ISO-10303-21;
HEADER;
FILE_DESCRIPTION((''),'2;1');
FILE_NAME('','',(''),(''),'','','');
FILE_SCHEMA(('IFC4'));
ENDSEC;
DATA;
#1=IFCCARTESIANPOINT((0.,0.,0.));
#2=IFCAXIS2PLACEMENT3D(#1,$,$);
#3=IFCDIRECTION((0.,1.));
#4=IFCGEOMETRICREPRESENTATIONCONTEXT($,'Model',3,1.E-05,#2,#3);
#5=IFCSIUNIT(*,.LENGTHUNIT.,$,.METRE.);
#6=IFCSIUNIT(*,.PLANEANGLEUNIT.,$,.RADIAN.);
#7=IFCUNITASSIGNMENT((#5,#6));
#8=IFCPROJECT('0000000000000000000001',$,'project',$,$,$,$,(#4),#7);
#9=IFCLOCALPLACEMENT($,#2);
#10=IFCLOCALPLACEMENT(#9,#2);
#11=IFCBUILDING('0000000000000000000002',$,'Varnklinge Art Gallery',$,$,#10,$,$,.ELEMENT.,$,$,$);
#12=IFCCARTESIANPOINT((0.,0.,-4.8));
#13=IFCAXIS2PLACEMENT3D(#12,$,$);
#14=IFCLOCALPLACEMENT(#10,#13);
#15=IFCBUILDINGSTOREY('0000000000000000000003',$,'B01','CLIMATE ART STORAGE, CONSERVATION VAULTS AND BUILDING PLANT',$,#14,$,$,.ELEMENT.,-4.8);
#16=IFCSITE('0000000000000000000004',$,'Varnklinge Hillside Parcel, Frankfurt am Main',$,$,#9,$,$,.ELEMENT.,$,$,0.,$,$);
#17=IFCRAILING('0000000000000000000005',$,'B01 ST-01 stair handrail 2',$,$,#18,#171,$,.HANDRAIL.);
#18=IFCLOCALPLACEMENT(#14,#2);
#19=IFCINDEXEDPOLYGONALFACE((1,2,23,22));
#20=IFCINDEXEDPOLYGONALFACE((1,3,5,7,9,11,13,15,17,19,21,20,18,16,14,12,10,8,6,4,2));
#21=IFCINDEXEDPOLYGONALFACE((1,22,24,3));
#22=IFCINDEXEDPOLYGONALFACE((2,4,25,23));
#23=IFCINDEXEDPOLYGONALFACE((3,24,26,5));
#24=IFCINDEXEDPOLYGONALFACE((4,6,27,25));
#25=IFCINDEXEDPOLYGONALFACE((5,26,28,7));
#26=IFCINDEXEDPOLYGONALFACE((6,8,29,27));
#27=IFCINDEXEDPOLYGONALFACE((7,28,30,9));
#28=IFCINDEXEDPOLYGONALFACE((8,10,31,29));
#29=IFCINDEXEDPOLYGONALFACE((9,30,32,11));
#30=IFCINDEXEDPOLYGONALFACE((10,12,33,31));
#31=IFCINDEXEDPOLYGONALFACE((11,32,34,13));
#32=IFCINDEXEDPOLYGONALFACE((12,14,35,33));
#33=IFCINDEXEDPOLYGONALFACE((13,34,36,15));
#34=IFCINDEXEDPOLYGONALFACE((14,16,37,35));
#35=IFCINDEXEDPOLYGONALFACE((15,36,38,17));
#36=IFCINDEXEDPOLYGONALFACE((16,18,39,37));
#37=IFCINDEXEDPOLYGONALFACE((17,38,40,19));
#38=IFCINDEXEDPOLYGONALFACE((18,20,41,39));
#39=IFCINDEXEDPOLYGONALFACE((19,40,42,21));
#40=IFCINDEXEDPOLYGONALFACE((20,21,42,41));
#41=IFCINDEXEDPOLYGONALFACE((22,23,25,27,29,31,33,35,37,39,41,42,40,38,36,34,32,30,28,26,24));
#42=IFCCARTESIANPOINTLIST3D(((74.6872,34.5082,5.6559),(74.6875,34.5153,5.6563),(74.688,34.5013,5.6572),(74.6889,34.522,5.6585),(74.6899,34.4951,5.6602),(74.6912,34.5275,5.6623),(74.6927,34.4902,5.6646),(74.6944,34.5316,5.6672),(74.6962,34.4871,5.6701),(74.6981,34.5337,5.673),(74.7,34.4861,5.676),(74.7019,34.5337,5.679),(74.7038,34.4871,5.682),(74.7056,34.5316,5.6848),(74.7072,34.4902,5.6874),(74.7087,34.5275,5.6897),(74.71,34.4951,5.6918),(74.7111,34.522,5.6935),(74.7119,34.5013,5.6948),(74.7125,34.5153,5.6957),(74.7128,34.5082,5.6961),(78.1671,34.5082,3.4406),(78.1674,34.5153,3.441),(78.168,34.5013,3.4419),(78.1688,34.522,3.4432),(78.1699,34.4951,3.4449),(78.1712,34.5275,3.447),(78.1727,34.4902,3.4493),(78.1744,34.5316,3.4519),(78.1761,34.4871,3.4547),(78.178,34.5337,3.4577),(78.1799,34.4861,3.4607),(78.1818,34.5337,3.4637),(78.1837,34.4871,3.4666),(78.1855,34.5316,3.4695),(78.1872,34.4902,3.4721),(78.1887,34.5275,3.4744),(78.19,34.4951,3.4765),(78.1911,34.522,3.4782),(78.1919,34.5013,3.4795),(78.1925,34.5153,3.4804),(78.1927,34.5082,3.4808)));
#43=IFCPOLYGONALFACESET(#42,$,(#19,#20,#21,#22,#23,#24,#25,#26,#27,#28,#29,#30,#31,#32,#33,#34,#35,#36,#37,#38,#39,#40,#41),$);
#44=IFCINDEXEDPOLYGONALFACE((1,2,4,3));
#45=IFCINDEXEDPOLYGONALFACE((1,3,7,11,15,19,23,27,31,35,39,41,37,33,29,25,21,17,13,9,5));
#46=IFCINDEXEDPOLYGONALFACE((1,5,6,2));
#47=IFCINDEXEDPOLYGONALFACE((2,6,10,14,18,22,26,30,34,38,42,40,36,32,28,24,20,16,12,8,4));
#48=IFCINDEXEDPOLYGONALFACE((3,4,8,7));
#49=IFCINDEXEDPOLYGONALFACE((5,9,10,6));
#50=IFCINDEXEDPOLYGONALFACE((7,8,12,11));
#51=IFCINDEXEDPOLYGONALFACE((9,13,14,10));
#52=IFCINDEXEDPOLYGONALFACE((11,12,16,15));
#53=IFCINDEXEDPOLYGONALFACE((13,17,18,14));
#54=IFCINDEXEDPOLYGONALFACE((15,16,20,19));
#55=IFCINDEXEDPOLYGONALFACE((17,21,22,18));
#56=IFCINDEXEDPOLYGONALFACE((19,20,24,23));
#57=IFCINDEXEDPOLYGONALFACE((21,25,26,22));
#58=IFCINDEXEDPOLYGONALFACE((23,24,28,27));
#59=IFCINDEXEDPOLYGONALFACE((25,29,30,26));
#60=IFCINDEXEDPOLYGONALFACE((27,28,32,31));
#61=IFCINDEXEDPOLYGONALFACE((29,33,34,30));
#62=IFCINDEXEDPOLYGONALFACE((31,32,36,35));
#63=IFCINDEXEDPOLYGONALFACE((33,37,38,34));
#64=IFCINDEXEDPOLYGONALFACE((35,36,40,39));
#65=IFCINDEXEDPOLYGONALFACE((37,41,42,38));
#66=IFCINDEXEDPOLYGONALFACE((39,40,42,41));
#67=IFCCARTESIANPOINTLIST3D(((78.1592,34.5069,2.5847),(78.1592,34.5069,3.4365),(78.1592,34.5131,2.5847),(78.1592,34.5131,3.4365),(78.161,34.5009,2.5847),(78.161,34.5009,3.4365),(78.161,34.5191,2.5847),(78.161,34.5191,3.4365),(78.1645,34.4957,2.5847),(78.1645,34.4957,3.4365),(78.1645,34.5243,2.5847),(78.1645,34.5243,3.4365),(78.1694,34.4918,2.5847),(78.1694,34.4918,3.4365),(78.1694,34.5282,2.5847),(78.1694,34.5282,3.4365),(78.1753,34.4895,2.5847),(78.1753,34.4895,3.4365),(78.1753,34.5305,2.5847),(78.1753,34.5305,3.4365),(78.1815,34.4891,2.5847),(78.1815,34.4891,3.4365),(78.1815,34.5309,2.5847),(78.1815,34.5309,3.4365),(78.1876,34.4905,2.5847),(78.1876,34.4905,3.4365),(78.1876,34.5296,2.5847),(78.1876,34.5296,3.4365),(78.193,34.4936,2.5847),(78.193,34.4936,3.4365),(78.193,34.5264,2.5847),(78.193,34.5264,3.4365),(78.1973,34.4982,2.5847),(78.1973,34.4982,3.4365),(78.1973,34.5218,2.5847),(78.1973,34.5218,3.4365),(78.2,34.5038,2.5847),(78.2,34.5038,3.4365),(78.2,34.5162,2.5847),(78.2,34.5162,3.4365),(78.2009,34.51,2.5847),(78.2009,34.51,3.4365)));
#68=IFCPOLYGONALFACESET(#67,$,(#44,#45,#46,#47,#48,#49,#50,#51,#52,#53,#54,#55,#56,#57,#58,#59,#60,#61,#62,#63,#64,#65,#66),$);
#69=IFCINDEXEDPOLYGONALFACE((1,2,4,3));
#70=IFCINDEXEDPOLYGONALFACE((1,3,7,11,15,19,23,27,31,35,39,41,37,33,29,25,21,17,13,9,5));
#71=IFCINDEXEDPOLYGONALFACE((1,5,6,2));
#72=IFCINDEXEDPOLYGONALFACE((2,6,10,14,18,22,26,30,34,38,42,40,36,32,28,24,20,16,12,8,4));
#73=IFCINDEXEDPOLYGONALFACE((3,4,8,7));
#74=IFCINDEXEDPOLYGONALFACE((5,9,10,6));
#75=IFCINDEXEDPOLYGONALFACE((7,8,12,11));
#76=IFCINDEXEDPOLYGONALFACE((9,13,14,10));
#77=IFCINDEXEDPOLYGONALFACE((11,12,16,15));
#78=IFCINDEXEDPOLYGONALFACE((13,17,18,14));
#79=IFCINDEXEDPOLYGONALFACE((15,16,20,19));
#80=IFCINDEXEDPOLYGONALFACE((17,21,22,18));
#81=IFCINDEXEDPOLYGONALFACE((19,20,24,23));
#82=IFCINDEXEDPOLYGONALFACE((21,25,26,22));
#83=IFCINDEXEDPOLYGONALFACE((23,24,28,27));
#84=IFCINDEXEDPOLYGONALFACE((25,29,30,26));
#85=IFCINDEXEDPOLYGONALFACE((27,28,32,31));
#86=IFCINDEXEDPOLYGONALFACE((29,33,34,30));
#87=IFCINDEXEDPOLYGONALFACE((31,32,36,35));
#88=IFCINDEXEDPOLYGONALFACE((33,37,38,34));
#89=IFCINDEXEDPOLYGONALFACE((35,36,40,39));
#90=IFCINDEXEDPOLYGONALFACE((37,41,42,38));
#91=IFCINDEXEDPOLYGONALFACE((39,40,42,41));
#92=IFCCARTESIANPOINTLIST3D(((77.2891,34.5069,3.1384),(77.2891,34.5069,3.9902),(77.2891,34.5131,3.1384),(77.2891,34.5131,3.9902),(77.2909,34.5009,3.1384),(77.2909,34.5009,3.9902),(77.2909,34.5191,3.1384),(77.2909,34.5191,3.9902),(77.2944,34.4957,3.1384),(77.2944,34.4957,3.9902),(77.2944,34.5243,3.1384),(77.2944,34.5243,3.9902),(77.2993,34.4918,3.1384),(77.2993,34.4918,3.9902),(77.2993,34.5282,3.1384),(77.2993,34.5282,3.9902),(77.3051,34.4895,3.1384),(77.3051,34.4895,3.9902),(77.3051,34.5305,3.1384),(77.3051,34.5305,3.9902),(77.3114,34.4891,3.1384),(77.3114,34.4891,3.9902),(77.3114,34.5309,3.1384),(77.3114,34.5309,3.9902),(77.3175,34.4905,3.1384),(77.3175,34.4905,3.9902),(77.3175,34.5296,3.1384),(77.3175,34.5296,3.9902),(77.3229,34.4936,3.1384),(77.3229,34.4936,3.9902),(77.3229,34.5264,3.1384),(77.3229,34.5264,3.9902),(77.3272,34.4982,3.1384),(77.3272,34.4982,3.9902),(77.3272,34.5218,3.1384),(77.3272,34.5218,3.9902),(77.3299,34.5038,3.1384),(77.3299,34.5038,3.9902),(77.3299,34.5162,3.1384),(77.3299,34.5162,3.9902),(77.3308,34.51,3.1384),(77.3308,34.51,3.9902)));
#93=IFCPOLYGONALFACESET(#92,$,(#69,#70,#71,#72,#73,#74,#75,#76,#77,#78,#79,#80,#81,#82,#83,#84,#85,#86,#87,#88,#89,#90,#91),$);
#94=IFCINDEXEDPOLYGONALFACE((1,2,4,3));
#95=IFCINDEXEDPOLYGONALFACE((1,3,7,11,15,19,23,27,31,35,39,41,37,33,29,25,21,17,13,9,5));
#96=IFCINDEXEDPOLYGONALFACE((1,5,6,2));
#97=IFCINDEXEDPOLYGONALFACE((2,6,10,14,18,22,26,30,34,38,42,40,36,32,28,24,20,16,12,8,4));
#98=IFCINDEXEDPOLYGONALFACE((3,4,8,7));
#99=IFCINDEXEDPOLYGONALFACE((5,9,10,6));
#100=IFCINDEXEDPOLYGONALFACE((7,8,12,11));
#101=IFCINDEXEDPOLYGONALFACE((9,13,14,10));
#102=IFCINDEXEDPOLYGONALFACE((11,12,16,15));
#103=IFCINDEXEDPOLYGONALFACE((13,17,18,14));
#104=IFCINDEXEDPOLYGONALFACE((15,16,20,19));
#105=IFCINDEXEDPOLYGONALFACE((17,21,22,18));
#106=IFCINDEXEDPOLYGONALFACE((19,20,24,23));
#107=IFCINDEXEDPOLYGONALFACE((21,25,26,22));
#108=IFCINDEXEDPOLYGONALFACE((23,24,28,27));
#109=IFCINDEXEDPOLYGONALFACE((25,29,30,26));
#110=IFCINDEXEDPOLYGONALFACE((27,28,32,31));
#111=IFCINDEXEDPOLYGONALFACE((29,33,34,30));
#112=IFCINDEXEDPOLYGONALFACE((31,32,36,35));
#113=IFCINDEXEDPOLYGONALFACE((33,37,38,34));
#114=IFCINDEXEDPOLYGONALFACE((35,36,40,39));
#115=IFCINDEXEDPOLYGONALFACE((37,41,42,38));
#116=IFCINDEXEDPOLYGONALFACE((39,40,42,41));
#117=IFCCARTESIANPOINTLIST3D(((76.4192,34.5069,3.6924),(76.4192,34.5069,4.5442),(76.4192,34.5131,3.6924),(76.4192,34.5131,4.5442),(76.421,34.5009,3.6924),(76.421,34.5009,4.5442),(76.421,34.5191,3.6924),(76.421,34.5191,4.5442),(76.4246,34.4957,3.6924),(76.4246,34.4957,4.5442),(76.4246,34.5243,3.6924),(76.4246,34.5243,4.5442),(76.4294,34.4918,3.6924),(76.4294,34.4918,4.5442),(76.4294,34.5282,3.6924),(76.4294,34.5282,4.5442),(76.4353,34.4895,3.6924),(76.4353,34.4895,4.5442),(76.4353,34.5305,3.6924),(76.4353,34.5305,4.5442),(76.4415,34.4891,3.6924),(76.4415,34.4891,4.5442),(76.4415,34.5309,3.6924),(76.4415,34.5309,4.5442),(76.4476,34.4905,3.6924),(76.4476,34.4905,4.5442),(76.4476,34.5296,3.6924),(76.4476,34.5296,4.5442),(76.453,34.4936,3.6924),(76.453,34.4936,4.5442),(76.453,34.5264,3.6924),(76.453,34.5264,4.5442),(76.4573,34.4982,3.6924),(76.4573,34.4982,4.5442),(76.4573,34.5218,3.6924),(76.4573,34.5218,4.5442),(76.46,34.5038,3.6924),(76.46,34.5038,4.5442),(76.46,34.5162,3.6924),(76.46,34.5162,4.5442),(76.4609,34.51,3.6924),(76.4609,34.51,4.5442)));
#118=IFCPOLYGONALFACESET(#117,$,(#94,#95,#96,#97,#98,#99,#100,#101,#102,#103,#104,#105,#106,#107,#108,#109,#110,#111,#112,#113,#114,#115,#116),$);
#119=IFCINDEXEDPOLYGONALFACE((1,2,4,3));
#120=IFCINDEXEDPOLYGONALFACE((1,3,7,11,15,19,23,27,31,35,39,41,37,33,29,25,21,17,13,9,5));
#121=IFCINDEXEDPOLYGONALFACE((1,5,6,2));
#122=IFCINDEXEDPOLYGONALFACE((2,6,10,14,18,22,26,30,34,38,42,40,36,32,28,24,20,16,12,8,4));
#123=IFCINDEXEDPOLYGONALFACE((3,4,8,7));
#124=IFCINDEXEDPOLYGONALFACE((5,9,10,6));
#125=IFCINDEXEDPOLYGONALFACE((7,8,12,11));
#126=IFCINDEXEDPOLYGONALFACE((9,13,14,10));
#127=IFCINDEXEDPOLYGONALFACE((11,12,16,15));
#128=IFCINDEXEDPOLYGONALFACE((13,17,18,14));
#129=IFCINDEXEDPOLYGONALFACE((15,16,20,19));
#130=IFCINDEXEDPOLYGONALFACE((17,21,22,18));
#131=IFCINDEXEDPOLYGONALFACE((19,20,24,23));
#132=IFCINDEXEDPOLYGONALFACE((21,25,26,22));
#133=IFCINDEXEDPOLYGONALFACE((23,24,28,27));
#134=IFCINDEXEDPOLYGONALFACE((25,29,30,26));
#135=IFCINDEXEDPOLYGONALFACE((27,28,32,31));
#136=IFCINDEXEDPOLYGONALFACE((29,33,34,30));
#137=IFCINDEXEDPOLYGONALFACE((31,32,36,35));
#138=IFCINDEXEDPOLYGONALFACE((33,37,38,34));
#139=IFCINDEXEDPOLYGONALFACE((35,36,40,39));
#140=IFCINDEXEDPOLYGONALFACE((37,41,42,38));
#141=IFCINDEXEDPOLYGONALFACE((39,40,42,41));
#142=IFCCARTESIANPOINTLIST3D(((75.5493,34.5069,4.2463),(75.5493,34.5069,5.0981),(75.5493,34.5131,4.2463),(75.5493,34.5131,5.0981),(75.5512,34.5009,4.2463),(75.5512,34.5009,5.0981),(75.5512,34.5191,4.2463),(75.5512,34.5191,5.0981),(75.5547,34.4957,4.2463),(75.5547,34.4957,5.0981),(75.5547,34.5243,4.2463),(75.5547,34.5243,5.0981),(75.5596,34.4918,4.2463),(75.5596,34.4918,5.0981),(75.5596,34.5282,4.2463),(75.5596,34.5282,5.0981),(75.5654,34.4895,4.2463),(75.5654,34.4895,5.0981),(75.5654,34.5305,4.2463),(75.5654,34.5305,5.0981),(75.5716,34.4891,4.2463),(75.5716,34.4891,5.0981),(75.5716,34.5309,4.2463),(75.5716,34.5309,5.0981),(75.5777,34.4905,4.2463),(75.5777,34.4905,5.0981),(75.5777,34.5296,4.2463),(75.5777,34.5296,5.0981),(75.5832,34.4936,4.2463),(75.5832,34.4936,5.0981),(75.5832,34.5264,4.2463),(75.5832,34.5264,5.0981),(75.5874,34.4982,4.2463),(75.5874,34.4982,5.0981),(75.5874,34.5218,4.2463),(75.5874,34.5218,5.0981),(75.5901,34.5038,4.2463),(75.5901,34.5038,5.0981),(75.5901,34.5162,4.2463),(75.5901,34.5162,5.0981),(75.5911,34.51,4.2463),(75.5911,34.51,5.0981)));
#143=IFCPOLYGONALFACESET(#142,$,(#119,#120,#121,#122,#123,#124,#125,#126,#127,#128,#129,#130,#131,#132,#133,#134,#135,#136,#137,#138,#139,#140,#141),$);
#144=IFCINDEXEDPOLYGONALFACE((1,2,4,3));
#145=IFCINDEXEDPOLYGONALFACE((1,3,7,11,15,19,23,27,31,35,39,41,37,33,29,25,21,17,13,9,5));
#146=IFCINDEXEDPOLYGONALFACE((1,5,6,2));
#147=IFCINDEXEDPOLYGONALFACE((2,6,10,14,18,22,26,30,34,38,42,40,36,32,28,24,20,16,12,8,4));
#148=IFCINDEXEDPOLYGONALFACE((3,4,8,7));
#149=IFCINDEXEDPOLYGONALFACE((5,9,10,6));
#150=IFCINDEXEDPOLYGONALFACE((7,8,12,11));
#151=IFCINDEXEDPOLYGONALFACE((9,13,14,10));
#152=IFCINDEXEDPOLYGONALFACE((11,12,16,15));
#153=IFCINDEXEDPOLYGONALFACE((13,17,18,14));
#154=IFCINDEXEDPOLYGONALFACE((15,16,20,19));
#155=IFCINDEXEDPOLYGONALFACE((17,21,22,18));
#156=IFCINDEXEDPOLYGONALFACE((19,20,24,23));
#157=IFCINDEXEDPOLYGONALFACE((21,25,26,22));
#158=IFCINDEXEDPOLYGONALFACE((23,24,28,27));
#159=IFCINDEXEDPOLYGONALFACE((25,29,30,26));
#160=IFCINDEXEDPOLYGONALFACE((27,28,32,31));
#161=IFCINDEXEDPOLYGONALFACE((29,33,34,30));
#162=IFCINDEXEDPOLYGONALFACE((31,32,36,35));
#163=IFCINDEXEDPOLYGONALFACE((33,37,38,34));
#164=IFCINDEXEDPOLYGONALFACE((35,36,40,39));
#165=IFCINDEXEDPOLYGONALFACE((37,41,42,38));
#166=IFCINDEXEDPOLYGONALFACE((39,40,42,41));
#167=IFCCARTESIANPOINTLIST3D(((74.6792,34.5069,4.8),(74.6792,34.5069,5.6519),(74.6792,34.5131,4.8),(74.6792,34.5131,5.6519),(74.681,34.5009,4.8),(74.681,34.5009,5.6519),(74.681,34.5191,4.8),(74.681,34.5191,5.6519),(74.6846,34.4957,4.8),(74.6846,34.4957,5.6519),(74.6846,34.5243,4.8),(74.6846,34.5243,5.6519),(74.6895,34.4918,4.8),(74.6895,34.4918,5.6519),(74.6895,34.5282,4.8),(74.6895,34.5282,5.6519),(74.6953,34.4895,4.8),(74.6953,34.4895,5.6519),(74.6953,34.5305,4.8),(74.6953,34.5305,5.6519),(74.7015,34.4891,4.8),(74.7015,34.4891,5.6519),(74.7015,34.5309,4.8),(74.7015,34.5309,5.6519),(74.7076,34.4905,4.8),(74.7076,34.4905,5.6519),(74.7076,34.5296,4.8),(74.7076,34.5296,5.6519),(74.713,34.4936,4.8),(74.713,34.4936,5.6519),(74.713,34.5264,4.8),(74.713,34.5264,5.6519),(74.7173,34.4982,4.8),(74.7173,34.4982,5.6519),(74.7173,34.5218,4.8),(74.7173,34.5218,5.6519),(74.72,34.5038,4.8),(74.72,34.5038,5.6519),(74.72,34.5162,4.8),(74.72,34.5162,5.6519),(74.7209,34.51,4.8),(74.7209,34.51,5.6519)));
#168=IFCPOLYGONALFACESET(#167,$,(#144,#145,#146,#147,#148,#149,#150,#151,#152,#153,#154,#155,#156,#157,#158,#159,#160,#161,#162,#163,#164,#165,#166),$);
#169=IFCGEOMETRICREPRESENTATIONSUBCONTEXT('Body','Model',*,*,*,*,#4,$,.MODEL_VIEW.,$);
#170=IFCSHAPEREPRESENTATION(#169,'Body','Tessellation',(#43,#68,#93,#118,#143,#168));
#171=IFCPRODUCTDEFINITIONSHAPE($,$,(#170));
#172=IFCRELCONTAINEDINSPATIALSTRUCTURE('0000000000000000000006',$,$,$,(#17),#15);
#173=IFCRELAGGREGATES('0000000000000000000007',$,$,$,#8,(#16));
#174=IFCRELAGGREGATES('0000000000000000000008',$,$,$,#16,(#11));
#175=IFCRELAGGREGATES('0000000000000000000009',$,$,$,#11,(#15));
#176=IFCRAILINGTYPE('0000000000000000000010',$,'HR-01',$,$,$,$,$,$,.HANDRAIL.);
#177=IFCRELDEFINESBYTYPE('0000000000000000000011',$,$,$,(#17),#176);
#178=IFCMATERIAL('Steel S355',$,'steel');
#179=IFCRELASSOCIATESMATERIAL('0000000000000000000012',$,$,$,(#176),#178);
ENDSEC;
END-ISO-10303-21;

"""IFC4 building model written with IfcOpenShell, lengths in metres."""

from ifc_helpers import new_model, si_unit, direction, frame, origin, origin_2d, place, context, subcontext, project, spatial, circle, extrude, material, type_object, element, save


model = new_model("IFC4")

# Units and contexts
model_context = context("Model", 3, precision=1e-05, world=origin(), true_north=direction((0.0, 1.0)))
body_context = subcontext(model_context, "Body", "Model", "MODEL_VIEW")
ifc_project = project(units=[si_unit("LENGTHUNIT", "METRE"), si_unit("PLANEANGLEUNIT", "RADIAN")], contexts=[model_context])

# Site, building, storey
site_placement = place(None, origin())
site = spatial("IfcSite", under=ifc_project, at=site_placement, Name="Varnklinge Hillside Parcel, Frankfurt am Main", CompositionType="ELEMENT", RefElevation=0.0)
building_placement = place(site_placement, origin())
building = spatial("IfcBuilding", under=site, at=building_placement, Name="Varnklinge Art Gallery", CompositionType="ELEMENT")
storey_placement = place(building_placement, frame((0.0, 0.0, -4.8)))
storey = spatial("IfcBuildingStorey", under=building, at=storey_placement, Name="B01", Description="CLIMATE ART STORAGE, CONSERVATION VAULTS AND BUILDING PLANT", CompositionType="ELEMENT", Elevation=-4.8)

# Railing
ifc_material_1 = material(Name="Steel S355", Category="steel")
railing_type_1 = type_object("IfcRailingType", Name="HR-01", PredefinedType="HANDRAIL", material=ifc_material_1)
railing_1_placement = place(storey_placement, frame((78.1799, 34.51, 2.5847)))
element("IfcRailing", 1, at=railing_1_placement, inside=storey, type_object=railing_type_1, Name="B01 ST-01 stair handrail 2", PredefinedType="HANDRAIL", context=body_context, shape_type="SweptSolid", body=[
    extrude(circle(Radius=0.0239, at=origin_2d()), frame((0.0, 0.0, 0.876), z_axis=(-0.843574, 0.0, 0.537013), x_axis=(0.0, -1.0, 0.0)), (0.0, 0.0, 1.0), 4.1252),
    extrude(circle(Radius=0.021, at=origin_2d()), origin(), (0.0, 0.0, 1.0), 0.8518),
    extrude(circle(Radius=0.021, at=origin_2d()), frame((-0.8701, 0.0, 0.5537)), (0.0, 0.0, 1.0), 0.8518),
    extrude(circle(Radius=0.021, at=origin_2d()), frame((-1.74, 0.0, 1.1077)), (0.0, 0.0, 1.0), 0.8518),
    extrude(circle(Radius=0.021, at=origin_2d()), frame((-2.6099, 0.0, 1.6616)), (0.0, 0.0, 1.0), 0.8518),
    extrude(circle(Radius=0.021, at=origin_2d()), frame((-3.48, 0.0, 2.2153)), (0.0, 0.0, 1.0), 0.8518),
])

save(model, "model.ifc")
